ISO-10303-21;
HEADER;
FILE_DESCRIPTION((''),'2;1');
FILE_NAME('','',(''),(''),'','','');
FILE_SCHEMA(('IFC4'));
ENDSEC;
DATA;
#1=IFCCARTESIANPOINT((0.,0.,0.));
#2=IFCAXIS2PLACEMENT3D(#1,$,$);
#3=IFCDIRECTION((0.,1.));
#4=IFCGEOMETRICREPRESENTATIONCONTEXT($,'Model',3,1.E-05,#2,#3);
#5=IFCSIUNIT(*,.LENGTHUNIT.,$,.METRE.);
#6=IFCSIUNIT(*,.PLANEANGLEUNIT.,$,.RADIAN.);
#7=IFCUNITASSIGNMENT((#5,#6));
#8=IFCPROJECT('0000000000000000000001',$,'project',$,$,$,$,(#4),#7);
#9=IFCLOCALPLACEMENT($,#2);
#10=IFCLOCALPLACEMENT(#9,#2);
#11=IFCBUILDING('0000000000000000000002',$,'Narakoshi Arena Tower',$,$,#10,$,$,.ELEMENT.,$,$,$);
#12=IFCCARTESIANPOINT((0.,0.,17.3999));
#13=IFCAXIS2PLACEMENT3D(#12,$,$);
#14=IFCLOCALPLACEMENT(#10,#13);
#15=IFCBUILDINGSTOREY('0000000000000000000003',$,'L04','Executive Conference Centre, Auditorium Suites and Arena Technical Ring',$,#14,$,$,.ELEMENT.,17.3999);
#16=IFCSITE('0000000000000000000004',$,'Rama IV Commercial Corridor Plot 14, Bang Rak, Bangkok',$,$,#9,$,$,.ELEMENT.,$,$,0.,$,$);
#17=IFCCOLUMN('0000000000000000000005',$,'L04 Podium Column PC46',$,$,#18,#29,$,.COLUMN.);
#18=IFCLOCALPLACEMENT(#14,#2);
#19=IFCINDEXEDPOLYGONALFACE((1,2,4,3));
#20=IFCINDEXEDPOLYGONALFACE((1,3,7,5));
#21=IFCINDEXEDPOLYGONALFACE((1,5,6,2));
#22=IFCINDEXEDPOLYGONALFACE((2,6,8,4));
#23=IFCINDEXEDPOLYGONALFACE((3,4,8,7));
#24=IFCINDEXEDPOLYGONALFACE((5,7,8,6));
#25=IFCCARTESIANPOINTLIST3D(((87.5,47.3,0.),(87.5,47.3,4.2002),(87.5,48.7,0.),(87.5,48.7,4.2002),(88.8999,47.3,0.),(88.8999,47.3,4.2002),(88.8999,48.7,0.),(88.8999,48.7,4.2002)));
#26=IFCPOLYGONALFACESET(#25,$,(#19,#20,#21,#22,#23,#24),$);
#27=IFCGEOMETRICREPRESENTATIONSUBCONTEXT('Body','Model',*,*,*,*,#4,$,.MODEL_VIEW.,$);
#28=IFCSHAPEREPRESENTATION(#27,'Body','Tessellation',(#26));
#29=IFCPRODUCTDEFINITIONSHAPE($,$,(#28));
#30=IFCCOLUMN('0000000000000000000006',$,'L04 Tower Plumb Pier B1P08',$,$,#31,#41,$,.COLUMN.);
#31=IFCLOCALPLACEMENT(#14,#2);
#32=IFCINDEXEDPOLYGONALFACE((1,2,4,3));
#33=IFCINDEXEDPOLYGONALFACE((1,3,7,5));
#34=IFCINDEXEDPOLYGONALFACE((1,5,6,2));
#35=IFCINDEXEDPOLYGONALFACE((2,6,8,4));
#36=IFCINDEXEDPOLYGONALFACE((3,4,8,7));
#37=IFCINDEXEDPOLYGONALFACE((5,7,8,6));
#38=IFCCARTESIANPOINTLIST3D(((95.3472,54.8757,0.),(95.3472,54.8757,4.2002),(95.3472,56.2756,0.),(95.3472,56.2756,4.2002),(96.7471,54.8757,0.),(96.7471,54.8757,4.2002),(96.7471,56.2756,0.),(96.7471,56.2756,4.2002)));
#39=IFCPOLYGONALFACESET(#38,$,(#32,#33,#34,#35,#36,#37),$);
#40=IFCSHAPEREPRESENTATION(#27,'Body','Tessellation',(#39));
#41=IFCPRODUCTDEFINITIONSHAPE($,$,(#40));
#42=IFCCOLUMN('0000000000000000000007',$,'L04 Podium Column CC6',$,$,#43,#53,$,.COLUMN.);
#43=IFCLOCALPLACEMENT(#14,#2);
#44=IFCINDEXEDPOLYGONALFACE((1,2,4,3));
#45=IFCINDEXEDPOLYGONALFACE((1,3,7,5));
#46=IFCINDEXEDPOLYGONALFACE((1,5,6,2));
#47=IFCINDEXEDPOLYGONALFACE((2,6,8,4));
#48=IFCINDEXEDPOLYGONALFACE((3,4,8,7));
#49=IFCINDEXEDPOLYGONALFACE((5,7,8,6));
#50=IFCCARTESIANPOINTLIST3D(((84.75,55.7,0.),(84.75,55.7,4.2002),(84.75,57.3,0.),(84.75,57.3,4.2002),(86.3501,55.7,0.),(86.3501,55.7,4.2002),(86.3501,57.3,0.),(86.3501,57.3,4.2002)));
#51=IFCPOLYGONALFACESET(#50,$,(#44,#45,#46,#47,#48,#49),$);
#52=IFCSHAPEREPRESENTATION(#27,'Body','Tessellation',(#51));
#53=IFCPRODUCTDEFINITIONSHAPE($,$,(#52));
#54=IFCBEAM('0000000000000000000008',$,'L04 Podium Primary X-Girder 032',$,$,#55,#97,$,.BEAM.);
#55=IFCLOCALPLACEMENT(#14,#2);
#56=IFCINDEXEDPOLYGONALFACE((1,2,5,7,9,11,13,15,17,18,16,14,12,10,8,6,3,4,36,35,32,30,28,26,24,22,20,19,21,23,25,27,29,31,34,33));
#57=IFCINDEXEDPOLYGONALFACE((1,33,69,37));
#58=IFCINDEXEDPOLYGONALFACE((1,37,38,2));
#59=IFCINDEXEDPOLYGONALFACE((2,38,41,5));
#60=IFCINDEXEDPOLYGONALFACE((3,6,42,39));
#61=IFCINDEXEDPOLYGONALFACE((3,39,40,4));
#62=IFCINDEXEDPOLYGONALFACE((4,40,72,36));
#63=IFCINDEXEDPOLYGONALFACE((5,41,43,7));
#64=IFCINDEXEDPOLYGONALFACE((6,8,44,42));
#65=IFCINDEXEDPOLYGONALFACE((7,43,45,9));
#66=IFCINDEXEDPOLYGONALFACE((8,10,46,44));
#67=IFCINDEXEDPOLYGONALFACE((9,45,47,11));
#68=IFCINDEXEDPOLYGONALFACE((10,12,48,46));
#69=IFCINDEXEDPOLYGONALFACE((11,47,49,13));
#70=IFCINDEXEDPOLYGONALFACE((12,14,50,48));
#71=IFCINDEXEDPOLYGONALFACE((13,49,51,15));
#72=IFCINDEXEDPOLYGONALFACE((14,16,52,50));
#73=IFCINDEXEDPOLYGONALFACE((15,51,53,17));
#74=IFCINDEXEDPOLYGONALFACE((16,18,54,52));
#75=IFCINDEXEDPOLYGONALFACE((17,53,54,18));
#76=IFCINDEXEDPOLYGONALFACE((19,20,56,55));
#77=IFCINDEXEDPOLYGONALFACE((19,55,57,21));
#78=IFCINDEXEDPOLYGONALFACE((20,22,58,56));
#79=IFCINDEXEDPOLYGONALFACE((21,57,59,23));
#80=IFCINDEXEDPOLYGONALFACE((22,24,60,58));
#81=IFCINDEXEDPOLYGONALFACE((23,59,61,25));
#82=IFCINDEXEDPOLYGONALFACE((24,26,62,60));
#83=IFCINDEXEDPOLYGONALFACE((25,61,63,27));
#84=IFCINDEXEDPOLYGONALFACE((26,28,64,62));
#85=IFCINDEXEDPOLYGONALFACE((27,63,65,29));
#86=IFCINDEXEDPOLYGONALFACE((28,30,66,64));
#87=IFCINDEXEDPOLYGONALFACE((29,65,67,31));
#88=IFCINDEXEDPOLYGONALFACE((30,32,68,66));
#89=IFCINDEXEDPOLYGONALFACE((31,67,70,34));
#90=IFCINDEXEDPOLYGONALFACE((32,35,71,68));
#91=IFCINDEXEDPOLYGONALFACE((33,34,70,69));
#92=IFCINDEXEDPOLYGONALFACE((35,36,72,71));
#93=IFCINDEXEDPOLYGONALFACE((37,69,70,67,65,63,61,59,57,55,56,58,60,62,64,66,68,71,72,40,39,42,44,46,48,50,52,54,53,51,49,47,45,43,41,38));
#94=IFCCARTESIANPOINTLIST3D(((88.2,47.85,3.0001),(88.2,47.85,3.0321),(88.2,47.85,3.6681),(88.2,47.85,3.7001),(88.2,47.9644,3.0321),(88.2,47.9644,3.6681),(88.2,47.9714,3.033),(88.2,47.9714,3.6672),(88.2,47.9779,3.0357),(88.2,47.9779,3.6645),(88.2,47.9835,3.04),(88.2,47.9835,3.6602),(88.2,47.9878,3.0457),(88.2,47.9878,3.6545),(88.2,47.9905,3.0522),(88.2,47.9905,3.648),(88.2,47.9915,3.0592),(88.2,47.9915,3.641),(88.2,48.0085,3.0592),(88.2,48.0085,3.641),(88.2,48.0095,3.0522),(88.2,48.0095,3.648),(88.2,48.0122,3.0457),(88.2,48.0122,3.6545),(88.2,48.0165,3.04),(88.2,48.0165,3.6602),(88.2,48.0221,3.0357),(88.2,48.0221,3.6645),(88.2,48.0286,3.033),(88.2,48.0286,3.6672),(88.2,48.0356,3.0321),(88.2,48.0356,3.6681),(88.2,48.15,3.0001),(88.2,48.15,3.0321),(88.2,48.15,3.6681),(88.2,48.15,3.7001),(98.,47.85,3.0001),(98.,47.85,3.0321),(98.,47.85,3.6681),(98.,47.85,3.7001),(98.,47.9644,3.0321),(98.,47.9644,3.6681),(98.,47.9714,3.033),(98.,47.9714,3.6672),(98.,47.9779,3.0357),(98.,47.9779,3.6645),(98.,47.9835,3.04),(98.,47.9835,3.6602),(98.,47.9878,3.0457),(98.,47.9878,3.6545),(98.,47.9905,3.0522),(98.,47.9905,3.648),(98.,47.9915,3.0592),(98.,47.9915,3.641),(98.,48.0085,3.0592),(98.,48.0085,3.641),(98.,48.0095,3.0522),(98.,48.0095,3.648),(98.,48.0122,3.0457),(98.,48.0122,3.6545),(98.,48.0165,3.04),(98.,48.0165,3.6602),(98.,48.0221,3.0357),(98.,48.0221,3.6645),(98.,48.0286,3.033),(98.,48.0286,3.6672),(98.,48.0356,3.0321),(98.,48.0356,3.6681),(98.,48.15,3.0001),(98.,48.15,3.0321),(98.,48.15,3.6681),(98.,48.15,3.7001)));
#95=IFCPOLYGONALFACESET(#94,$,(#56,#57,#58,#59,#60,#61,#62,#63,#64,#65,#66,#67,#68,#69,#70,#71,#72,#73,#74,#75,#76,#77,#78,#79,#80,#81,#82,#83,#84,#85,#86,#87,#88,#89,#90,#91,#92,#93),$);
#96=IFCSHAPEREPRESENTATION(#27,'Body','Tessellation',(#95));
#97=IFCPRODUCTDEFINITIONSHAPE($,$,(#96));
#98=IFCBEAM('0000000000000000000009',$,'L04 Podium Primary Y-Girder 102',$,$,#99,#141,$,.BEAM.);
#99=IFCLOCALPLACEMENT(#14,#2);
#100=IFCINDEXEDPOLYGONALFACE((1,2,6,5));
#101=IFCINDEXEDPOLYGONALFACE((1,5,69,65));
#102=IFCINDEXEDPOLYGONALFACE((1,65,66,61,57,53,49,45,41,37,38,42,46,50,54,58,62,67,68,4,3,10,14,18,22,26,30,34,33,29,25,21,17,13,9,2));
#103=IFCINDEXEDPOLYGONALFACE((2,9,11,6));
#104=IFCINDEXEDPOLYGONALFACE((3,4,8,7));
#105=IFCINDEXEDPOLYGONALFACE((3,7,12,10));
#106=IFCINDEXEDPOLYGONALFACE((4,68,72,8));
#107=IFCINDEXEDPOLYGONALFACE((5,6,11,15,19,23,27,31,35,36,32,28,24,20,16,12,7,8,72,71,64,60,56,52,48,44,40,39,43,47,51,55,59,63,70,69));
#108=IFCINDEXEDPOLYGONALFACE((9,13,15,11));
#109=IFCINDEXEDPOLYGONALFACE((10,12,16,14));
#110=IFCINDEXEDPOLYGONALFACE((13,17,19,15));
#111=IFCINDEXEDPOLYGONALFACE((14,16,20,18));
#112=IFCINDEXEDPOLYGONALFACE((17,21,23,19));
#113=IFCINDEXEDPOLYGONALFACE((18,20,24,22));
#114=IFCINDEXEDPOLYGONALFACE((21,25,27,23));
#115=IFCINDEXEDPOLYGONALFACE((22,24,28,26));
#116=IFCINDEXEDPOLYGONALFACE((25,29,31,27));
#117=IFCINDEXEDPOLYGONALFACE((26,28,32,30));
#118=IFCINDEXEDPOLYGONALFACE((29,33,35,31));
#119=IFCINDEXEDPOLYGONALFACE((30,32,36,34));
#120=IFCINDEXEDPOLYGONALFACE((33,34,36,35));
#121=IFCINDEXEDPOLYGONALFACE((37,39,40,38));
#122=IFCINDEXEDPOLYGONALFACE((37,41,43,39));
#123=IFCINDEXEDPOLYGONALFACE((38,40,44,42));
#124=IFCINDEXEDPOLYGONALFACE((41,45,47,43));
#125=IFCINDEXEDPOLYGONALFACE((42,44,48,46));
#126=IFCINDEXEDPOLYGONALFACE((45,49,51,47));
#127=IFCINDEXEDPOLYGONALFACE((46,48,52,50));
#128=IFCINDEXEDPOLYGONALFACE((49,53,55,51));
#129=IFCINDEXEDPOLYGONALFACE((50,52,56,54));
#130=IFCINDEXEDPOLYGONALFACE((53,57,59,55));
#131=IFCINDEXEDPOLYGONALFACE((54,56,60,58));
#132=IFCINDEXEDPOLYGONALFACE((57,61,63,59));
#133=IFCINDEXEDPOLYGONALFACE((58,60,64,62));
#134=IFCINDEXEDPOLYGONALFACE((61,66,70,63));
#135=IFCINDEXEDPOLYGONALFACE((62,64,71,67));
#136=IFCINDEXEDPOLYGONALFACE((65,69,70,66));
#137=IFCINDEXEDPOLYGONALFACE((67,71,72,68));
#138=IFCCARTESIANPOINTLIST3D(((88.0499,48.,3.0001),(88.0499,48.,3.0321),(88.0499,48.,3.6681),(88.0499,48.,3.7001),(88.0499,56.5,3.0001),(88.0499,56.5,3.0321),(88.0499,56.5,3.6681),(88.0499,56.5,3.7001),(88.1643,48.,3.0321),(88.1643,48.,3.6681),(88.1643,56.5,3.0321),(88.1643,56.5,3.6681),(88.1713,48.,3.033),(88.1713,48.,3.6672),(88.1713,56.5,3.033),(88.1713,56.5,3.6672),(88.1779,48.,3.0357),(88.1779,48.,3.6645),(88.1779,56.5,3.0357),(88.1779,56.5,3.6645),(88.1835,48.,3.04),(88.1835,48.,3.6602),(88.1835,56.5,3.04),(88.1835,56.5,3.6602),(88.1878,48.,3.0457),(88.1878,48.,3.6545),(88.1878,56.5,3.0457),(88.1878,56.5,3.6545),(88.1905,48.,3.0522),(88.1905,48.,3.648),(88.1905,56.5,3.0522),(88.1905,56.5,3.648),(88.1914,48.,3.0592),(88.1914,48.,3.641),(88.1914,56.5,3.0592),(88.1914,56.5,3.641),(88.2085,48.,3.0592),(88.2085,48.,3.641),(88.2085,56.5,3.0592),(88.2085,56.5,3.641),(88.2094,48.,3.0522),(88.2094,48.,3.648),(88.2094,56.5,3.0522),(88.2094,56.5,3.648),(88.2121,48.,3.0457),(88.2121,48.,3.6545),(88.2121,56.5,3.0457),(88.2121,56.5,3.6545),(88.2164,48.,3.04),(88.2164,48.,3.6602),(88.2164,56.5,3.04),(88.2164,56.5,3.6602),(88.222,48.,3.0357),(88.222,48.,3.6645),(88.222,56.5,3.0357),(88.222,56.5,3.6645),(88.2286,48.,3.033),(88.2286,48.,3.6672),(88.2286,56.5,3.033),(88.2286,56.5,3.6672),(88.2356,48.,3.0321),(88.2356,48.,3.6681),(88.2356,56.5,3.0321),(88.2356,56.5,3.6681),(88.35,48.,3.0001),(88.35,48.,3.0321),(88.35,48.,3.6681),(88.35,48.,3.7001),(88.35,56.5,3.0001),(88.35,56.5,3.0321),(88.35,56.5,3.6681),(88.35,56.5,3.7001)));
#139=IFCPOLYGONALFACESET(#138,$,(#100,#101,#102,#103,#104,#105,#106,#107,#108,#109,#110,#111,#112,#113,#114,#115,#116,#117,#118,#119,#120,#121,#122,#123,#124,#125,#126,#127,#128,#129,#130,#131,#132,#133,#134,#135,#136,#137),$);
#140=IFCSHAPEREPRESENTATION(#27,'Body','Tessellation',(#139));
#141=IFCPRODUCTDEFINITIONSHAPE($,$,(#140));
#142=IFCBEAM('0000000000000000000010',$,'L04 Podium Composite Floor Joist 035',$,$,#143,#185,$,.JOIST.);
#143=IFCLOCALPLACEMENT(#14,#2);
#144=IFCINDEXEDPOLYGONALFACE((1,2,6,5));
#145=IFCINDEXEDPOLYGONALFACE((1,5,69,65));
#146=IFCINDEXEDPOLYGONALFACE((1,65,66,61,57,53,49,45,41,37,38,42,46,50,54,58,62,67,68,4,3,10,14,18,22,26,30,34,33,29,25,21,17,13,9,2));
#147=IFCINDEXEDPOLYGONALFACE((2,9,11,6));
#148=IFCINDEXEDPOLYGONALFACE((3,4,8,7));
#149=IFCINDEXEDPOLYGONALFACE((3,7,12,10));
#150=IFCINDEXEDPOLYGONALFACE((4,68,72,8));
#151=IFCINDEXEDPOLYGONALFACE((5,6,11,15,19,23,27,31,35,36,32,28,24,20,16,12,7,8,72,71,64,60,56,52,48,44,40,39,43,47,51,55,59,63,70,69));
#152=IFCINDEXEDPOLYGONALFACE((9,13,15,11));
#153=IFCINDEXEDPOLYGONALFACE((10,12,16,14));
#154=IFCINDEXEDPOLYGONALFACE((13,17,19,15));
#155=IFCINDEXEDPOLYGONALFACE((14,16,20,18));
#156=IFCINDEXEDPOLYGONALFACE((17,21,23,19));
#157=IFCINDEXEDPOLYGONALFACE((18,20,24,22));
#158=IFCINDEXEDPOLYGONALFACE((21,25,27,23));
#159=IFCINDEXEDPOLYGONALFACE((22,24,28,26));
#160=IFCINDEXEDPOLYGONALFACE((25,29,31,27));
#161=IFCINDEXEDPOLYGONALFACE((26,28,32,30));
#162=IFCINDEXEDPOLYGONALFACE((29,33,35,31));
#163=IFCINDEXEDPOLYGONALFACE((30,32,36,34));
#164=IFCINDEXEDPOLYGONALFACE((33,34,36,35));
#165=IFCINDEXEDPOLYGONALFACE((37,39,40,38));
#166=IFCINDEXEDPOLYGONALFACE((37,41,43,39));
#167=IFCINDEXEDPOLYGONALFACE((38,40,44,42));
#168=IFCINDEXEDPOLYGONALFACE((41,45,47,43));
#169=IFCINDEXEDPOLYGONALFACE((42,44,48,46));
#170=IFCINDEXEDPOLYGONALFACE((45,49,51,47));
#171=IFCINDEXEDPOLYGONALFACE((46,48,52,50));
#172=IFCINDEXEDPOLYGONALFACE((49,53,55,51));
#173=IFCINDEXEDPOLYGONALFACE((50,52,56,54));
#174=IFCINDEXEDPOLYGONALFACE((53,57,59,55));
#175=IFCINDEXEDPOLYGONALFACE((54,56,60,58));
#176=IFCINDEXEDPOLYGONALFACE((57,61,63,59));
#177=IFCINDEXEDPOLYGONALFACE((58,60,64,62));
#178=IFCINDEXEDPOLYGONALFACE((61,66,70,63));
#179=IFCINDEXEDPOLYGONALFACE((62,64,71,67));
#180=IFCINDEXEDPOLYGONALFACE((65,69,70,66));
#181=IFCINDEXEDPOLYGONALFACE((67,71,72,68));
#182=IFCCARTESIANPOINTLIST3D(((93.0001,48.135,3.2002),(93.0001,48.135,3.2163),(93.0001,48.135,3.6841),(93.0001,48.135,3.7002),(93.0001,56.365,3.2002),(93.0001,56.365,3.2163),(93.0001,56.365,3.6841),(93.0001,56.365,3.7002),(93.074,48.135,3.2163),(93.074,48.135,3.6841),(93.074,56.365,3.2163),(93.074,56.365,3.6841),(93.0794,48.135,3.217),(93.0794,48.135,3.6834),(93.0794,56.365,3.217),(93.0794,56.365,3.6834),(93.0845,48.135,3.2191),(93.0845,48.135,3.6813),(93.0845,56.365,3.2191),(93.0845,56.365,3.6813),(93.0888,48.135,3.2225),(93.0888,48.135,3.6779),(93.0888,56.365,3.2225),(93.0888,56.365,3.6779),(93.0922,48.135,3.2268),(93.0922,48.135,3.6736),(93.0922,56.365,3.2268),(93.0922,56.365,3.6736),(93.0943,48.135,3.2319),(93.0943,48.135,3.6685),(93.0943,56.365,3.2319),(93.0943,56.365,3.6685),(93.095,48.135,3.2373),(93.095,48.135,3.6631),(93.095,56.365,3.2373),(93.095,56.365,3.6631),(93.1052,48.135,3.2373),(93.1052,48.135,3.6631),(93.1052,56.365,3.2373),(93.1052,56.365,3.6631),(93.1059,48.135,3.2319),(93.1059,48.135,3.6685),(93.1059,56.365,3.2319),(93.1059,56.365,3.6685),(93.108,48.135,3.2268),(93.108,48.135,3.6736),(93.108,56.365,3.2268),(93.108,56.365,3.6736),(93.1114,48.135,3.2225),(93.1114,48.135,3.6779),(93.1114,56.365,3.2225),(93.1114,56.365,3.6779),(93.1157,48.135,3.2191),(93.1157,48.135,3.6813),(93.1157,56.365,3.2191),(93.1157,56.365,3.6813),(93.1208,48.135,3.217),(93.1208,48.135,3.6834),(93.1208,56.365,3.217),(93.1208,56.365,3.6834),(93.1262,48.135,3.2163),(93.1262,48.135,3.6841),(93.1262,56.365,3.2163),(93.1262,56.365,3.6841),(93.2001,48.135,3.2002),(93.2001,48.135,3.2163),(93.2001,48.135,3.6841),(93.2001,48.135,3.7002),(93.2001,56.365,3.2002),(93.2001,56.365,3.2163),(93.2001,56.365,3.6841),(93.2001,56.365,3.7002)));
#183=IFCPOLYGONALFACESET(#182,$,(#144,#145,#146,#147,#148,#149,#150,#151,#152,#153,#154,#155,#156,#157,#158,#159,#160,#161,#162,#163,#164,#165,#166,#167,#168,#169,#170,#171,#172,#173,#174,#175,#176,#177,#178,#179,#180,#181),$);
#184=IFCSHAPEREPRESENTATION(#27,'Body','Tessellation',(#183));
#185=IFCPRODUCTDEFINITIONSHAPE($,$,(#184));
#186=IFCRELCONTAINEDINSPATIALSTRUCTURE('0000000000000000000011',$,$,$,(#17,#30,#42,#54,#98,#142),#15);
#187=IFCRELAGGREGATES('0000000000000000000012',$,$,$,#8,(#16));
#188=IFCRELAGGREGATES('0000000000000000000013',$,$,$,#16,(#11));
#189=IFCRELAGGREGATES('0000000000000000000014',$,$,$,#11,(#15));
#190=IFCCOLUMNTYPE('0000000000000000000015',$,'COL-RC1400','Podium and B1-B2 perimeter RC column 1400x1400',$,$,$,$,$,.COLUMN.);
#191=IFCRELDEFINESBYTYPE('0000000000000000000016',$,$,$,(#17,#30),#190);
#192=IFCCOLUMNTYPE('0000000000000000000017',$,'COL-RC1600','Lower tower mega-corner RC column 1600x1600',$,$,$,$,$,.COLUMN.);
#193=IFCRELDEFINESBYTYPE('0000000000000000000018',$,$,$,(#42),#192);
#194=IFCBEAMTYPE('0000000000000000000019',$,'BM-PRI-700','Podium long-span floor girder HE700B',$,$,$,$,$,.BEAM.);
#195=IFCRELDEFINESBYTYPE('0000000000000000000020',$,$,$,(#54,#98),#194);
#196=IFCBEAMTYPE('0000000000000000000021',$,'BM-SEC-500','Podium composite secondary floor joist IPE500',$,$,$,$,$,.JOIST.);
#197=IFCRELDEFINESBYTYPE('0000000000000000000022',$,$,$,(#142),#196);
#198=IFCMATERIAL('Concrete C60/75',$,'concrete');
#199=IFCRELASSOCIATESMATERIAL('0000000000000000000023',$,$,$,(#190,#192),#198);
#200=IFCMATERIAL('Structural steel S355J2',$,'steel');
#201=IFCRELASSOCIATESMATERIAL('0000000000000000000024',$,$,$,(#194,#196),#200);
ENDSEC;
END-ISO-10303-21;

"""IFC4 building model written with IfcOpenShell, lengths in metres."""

from ifc_helpers import new_model, si_unit, direction, frame, origin, origin_2d, place, context, subcontext, project, spatial, rectangle, i_section, extrude, material, material_profile, profile_set, type_object, element, save


model = new_model("IFC4")

# Units and contexts
model_context = context("Model", 3, precision=1e-05, world=origin(), true_north=direction((0.0, 1.0)))
body_context = subcontext(model_context, "Body", "Model", "MODEL_VIEW")
ifc_project = project(units=[si_unit("LENGTHUNIT", "METRE"), si_unit("PLANEANGLEUNIT", "RADIAN")], contexts=[model_context])

# Site, building, storey
site_placement = place(None, origin())
site = spatial("IfcSite", under=ifc_project, at=site_placement, Name="Rama IV Commercial Corridor Plot 14, Bang Rak, Bangkok", CompositionType="ELEMENT", RefElevation=0.0)
building_placement = place(site_placement, origin())
building = spatial("IfcBuilding", under=site, at=building_placement, Name="Narakoshi Arena Tower", CompositionType="ELEMENT")
storey_placement = place(building_placement, frame((0.0, 0.0, 17.3999)))
storey = spatial("IfcBuildingStorey", under=building, at=storey_placement, Name="L04", Description="Executive Conference Centre, Auditorium Suites and Arena Technical Ring", CompositionType="ELEMENT", Elevation=17.3999)

# Columns
ifc_material_1 = material(Name="Concrete C60/75", Category="concrete")
ifc_material_profile_1 = material_profile(ifc_material_1, rectangle(XDim=1.3999, YDim=1.3999, at=origin_2d()), Name="RC1400x1400")
ifc_profile_set_1 = profile_set([ifc_material_profile_1], Name="Concrete C60/75")
column_type_1 = type_object("IfcColumnType", Name="COL-RC1400", Description="Podium and B1-B2 perimeter RC column 1400x1400", PredefinedType="COLUMN", material=ifc_profile_set_1)
for number, where, z_axis, x_axis, name in (
    (1, (88.2, 48.0, 0.0), (0.0, 0.0, 1.0), (1.0, 0.0, 0.0), "L04 Podium Column PC46"),
    (2, (96.0471, 55.5757, 0.0), (0.0, 0.0, 1.0), (1.0, 0.0, 0.0), "L04 Tower Plumb Pier B1P08"),
):
    element("IfcColumn", number, at=place(storey_placement, frame(where, z_axis=z_axis, x_axis=x_axis)), inside=storey, type_object=column_type_1, Name=name, PredefinedType="COLUMN", context=body_context, shape_type="SweptSolid", body=[
        extrude(rectangle(XDim=1.3999, YDim=1.3999, at=origin_2d()), origin(), (0.0, 0.0, 1.0), 4.2002),
    ])
ifc_material_profile_2 = material_profile(ifc_material_1, rectangle(XDim=1.6001, YDim=1.6001, at=origin_2d()), Name="RC1600x1600")
ifc_profile_set_2 = profile_set([ifc_material_profile_2], Name="Concrete C60/75")
column_type_2 = type_object("IfcColumnType", Name="COL-RC1600", Description="Lower tower mega-corner RC column 1600x1600", PredefinedType="COLUMN", material=ifc_profile_set_2)
column_placement = place(storey_placement, frame((85.55, 56.5, 0.0), z_axis=(0.0, 0.0, 1.0), x_axis=(1.0, 0.0, 0.0)))
element("IfcColumn", 3, at=column_placement, inside=storey, type_object=column_type_2, Name="L04 Podium Column CC6", PredefinedType="COLUMN", context=body_context, shape_type="SweptSolid", body=[
    extrude(rectangle(XDim=1.6001, YDim=1.6001, at=origin_2d()), origin(), (0.0, 0.0, 1.0), 4.2002),
])

# Beams
ifc_material_2 = material(Name="Structural steel S355J2", Category="steel")
ifc_material_profile_3 = material_profile(ifc_material_2, i_section(OverallWidth=0.3, OverallDepth=0.7, WebThickness=0.0171, FlangeThickness=0.032, FilletRadius=0.0271, at=origin_2d()), Name="HE700B")
ifc_profile_set_3 = profile_set([ifc_material_profile_3], Name="Structural steel S355J2")
beam_type_1 = type_object("IfcBeamType", Name="BM-PRI-700", Description="Podium long-span floor girder HE700B", PredefinedType="BEAM", material=ifc_profile_set_3)
beam_1_placement = place(storey_placement, frame((88.2, 48.0, 3.3501), z_axis=(1.0, 0.0, 0.0), x_axis=(0.0, 1.0, 0.0)))
element("IfcBeam", 4, at=beam_1_placement, inside=storey, type_object=beam_type_1, Name="L04 Podium Primary X-Girder 032", PredefinedType="BEAM", context=body_context, shape_type="SweptSolid", body=[
    extrude(i_section(OverallWidth=0.3, OverallDepth=0.7, WebThickness=0.0171, FlangeThickness=0.032, FilletRadius=0.0271, at=origin_2d()), origin(), (0.0, 0.0, 1.0), 9.8),
])
beam_2_placement = place(storey_placement, frame((88.2, 48.0, 3.3501), z_axis=(0.0, 1.0, 0.0), x_axis=(-1.0, 0.0, 0.0)))
element("IfcBeam", 5, at=beam_2_placement, inside=storey, type_object=beam_type_1, Name="L04 Podium Primary Y-Girder 102", PredefinedType="BEAM", context=body_context, shape_type="SweptSolid", body=[
    extrude(i_section(OverallWidth=0.3, OverallDepth=0.7, WebThickness=0.0171, FlangeThickness=0.032, FilletRadius=0.0271, at=origin_2d()), origin(), (0.0, 0.0, 1.0), 8.5),
])
ifc_material_profile_4 = material_profile(ifc_material_2, i_section(OverallWidth=0.2, OverallDepth=0.5, WebThickness=0.0103, FlangeThickness=0.0161, FilletRadius=0.021, at=origin_2d()), Name="IPE500")
ifc_profile_set_4 = profile_set([ifc_material_profile_4], Name="Structural steel S355J2")
beam_type_2 = type_object("IfcBeamType", Name="BM-SEC-500", Description="Podium composite secondary floor joist IPE500", PredefinedType="JOIST", material=ifc_profile_set_4)
beam_3_placement = place(storey_placement, frame((93.1001, 48.135, 3.4502), z_axis=(0.0, 1.0, 0.0), x_axis=(-1.0, 0.0, 0.0)))
element("IfcBeam", 6, at=beam_3_placement, inside=storey, type_object=beam_type_2, Name="L04 Podium Composite Floor Joist 035", PredefinedType="JOIST", context=body_context, shape_type="SweptSolid", body=[
    extrude(i_section(OverallWidth=0.2, OverallDepth=0.5, WebThickness=0.0103, FlangeThickness=0.0161, FilletRadius=0.021, at=origin_2d()), origin(), (0.0, 0.0, 1.0), 8.23),
])

save(model, "model.ifc")
